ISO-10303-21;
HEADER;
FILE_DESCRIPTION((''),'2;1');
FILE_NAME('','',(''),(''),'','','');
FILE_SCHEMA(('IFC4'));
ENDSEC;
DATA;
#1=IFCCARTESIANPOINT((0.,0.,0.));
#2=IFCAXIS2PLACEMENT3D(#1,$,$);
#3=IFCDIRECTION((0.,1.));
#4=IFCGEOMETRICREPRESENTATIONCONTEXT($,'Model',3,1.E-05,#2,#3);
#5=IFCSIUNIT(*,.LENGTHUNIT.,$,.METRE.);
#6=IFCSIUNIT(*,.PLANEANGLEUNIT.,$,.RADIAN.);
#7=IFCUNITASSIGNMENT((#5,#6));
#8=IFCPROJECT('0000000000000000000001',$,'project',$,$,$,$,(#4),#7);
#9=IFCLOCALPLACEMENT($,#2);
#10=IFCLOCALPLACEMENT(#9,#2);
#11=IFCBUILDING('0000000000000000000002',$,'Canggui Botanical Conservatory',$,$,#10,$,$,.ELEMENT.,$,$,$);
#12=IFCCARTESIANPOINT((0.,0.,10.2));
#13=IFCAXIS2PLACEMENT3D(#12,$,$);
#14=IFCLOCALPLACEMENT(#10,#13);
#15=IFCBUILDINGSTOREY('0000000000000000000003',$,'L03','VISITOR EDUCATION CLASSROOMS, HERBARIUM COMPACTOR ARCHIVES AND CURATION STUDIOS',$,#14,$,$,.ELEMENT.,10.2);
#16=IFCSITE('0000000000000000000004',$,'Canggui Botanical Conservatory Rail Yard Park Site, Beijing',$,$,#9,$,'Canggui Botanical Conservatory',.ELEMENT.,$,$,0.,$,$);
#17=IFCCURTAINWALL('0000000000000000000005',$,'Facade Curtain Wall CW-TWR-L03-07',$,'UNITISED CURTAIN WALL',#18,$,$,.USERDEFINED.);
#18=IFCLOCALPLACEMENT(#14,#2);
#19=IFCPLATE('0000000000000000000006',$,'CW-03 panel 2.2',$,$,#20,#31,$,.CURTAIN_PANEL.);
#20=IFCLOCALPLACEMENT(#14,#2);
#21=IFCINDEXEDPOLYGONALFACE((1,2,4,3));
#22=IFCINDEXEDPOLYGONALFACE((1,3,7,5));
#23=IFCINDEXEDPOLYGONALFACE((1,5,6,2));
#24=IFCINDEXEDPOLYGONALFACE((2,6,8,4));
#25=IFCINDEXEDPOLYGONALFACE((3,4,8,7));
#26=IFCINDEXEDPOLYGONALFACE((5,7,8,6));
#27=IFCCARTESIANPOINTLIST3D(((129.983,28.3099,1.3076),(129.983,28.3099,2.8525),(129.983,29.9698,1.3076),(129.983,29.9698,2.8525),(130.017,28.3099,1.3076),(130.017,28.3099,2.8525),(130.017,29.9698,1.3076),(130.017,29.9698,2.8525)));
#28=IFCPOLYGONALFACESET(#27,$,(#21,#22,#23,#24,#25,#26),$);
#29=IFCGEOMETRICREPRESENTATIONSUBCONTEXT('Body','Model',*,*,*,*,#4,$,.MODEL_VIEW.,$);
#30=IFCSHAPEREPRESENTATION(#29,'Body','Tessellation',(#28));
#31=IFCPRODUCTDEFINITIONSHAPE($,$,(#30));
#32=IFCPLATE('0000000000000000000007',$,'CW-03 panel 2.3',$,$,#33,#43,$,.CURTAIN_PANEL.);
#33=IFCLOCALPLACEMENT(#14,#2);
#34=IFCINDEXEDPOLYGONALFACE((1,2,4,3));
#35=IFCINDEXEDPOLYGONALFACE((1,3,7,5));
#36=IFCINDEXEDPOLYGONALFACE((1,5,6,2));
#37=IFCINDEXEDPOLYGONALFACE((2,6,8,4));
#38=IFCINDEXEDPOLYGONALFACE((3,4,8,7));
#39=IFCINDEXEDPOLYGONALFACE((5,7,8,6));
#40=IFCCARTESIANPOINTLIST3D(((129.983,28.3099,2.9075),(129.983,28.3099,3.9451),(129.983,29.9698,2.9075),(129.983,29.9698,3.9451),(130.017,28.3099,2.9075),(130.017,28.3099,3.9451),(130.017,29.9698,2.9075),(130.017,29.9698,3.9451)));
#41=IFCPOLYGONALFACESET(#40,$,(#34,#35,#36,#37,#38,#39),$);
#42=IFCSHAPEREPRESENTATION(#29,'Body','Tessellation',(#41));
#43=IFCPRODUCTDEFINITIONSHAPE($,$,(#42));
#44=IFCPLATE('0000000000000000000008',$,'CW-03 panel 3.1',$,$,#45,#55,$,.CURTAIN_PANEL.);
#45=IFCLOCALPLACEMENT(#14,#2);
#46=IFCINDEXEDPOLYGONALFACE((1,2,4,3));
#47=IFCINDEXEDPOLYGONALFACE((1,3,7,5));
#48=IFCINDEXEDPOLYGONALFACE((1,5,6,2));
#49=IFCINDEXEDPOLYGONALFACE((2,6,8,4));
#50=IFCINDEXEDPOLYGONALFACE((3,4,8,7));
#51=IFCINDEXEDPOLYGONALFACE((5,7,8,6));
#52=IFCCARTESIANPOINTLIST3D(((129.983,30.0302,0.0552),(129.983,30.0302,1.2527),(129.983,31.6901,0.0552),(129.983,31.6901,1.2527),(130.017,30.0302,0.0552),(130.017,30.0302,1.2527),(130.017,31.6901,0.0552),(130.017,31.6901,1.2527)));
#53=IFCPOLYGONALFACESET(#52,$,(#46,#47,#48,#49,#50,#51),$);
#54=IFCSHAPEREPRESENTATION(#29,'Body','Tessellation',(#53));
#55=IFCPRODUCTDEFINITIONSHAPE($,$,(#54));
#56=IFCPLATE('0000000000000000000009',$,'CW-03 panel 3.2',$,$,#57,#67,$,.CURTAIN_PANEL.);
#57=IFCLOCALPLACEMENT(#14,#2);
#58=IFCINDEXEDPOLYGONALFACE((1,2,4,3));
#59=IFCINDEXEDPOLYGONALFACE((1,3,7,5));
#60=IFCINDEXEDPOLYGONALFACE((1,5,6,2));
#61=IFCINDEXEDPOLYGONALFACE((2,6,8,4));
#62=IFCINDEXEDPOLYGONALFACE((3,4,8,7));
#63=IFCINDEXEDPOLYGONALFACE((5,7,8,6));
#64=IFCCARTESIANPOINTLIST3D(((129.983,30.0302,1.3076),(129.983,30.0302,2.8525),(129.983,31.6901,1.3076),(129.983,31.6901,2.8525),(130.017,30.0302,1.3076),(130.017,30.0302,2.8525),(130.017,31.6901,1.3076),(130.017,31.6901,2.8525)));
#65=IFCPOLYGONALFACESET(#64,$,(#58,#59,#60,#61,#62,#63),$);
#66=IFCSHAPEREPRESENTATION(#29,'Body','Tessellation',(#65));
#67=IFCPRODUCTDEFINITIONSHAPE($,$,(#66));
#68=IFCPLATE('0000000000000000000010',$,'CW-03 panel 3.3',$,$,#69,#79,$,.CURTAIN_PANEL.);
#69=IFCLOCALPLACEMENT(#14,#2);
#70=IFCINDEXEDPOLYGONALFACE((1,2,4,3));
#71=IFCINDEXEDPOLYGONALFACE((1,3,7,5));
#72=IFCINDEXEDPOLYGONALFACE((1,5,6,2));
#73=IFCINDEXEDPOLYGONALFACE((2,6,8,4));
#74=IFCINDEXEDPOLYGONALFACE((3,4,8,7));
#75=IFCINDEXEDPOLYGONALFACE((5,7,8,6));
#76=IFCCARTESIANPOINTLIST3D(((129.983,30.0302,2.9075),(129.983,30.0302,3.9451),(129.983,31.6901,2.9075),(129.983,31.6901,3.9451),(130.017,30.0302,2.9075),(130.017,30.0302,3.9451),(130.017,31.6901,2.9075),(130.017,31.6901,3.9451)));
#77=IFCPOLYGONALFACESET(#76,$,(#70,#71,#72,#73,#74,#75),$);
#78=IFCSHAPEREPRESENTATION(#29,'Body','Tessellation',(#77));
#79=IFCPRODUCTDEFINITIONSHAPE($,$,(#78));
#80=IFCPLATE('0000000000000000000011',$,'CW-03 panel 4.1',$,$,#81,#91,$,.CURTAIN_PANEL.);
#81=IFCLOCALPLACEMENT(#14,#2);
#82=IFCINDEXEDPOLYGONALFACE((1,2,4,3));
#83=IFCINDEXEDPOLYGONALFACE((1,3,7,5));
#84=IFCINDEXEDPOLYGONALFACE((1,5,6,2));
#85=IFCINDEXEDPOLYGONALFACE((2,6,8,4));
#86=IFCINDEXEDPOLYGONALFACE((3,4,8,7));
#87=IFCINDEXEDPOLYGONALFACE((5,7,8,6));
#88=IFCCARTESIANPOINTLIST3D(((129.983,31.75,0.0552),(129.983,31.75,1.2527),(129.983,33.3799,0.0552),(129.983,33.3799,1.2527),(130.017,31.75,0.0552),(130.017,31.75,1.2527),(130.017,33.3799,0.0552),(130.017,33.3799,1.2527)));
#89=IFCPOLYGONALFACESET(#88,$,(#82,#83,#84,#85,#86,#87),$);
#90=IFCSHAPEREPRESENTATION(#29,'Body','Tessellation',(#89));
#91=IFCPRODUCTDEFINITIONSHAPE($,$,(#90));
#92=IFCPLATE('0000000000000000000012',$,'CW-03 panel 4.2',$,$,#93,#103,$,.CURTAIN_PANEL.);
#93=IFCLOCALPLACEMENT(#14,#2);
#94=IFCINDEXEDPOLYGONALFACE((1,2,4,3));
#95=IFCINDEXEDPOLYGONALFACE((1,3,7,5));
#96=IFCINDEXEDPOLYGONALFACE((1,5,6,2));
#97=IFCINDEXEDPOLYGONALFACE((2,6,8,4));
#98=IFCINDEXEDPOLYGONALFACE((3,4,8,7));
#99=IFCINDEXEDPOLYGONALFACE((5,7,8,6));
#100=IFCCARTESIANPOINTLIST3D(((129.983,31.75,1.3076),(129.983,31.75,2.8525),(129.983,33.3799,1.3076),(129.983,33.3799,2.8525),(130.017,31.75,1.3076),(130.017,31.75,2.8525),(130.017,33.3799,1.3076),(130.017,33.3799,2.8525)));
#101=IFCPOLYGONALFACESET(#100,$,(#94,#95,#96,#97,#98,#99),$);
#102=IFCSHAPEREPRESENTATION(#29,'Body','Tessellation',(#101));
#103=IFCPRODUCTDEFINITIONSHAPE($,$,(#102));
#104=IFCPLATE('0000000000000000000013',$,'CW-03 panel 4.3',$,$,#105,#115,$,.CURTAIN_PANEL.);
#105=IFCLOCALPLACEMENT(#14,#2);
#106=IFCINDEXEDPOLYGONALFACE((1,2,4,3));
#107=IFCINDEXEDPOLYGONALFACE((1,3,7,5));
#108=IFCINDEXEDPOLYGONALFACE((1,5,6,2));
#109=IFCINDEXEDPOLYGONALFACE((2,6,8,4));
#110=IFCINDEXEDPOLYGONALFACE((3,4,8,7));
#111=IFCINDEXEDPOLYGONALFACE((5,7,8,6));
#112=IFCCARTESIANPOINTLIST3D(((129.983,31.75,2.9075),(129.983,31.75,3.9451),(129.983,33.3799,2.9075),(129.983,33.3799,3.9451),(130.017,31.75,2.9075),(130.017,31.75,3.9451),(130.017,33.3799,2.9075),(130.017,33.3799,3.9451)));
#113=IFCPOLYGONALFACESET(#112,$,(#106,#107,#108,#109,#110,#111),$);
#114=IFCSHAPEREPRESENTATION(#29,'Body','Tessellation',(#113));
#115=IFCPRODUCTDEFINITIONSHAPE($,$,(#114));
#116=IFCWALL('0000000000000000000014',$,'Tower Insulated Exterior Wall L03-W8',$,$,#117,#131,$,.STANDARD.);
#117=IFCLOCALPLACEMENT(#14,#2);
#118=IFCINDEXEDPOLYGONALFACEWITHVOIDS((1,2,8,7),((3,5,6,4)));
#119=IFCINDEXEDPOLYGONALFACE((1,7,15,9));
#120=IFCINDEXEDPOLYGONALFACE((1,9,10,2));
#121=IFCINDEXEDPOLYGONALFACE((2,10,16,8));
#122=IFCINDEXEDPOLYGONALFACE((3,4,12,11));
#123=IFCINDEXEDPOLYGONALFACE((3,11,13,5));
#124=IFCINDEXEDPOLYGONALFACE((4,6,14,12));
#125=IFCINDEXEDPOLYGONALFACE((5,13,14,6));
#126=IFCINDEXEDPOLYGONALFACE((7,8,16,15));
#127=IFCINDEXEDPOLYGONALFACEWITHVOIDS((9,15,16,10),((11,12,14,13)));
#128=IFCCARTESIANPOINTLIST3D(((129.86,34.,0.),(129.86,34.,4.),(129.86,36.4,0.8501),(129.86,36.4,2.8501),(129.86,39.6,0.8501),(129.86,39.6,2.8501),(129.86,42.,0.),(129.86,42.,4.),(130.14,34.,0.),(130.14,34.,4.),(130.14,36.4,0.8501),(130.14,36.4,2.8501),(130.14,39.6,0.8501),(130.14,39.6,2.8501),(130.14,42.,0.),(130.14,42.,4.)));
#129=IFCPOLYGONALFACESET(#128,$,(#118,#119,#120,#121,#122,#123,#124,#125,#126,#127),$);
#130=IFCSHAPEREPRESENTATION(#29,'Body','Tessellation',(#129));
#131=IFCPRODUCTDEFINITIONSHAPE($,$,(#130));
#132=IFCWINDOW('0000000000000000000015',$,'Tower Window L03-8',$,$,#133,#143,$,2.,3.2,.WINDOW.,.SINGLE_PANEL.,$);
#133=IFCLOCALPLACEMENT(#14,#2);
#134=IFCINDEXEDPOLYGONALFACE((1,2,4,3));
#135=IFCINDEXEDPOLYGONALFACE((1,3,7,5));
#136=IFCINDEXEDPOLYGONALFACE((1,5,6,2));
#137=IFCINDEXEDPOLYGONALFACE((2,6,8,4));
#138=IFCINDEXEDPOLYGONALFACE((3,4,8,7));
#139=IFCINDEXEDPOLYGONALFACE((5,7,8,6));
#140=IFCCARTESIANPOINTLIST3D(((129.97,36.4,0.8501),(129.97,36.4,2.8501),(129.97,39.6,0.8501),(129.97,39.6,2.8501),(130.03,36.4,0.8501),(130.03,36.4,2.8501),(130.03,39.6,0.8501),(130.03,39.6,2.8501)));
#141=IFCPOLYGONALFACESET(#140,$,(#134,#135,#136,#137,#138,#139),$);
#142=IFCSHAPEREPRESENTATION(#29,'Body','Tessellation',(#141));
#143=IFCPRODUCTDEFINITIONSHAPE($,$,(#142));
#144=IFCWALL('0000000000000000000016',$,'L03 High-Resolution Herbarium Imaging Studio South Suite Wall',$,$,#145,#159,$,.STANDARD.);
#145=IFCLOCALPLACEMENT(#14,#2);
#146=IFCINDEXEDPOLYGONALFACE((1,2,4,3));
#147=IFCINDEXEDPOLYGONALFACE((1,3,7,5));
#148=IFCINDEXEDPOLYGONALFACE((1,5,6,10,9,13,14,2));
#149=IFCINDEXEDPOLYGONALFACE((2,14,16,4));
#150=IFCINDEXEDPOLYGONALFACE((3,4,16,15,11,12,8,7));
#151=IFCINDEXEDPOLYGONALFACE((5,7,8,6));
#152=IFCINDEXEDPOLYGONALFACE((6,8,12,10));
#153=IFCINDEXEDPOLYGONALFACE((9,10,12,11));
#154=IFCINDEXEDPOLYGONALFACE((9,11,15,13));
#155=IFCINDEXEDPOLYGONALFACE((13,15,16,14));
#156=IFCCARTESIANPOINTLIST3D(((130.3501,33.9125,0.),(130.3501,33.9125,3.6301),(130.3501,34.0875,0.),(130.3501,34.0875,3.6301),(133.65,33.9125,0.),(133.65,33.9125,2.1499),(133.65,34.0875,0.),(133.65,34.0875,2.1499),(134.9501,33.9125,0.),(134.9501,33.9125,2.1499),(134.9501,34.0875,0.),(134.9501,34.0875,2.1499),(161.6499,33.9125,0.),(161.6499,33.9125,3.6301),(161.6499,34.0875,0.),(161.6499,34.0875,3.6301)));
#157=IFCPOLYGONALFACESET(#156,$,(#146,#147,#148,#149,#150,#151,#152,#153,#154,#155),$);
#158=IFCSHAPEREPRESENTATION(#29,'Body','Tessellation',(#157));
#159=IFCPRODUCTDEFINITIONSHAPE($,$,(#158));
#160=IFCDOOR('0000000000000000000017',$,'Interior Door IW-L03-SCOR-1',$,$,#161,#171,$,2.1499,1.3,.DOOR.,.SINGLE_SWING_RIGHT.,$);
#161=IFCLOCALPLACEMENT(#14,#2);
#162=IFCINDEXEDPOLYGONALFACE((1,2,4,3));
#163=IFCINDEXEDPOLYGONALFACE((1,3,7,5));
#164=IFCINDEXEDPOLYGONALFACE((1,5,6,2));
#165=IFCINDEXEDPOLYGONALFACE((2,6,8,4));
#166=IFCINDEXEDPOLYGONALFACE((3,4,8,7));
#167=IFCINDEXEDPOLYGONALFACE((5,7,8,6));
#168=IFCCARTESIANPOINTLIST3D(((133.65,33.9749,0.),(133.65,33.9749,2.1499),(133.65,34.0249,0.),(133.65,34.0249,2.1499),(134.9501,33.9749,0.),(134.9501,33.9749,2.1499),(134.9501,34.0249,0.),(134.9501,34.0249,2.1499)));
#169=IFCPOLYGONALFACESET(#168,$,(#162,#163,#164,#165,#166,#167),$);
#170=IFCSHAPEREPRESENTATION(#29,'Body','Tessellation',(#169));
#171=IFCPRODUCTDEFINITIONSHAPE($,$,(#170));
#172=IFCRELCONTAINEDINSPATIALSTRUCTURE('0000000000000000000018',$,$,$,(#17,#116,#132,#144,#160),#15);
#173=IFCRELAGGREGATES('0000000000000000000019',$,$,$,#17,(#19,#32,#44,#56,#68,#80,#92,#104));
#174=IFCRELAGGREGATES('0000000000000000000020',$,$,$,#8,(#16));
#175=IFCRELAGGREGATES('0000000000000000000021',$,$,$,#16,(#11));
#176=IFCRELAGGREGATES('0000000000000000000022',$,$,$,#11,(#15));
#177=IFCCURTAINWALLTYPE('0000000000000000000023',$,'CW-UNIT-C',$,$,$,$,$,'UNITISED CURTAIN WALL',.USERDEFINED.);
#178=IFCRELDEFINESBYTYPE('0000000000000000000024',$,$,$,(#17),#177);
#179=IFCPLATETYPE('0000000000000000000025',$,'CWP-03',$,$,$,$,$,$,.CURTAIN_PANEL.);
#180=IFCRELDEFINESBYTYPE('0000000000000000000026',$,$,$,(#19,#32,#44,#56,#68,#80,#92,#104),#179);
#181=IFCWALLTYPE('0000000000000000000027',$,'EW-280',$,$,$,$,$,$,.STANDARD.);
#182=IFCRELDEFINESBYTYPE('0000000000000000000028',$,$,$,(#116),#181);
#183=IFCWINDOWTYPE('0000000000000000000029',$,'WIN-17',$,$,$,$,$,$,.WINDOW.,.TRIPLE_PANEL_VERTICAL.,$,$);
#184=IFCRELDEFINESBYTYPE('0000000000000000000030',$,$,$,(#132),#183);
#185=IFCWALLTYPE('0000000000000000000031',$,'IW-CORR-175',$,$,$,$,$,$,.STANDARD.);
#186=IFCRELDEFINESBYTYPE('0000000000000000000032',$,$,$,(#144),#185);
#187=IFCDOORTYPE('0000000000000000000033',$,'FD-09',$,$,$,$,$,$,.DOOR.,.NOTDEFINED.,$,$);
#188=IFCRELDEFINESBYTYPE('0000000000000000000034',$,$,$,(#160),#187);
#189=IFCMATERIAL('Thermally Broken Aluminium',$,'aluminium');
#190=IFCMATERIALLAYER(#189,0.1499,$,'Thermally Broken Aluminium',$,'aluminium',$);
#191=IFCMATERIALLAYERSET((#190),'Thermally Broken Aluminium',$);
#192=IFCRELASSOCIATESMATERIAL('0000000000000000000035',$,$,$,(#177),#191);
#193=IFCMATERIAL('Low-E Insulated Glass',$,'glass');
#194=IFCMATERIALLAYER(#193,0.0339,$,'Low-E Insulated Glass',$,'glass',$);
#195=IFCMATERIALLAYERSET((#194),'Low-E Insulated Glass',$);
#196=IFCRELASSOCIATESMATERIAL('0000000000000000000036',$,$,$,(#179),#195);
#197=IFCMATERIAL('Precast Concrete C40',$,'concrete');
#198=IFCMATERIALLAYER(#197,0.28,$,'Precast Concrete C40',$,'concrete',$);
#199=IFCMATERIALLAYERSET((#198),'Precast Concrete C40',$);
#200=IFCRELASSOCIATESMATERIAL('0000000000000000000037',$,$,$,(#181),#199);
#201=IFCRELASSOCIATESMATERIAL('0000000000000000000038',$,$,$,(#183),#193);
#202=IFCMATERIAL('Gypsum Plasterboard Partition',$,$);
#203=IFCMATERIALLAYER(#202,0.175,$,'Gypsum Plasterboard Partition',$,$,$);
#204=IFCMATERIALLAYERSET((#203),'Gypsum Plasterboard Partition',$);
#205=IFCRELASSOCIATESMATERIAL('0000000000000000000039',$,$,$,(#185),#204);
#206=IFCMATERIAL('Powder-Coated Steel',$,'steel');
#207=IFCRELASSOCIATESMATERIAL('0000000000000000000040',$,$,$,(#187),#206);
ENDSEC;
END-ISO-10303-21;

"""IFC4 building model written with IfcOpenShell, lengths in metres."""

from ifc_helpers import new_model, si_unit, direction, frame, frame_2d, origin, origin_2d, place, context, subcontext, project, spatial, rectangle, extrude, material, layer, layer_set, type_object, element, fill, aggregate, save


model = new_model("IFC4")

# Units and contexts
model_context = context("Model", 3, precision=1e-05, world=origin(), true_north=direction((0.0, 1.0)))
body_context = subcontext(model_context, "Body", "Model", "MODEL_VIEW")
ifc_project = project(units=[si_unit("LENGTHUNIT", "METRE"), si_unit("PLANEANGLEUNIT", "RADIAN")], contexts=[model_context])

# Site, building, storey
site_placement = place(None, origin())
site = spatial("IfcSite", under=ifc_project, at=site_placement, Name="Canggui Botanical Conservatory Rail Yard Park Site, Beijing", LongName="Canggui Botanical Conservatory", CompositionType="ELEMENT", RefElevation=0.0)
building_placement = place(site_placement, origin())
building = spatial("IfcBuilding", under=site, at=building_placement, Name="Canggui Botanical Conservatory", CompositionType="ELEMENT")
storey_placement = place(building_placement, frame((0.0, 0.0, 10.2)))
storey = spatial("IfcBuildingStorey", under=building, at=storey_placement, Name="L03", Description="VISITOR EDUCATION CLASSROOMS, HERBARIUM COMPACTOR ARCHIVES AND CURATION STUDIOS", CompositionType="ELEMENT", Elevation=10.2)

# Shared definitions
ifc_material_1 = material(Name="Thermally Broken Aluminium", Category="aluminium")
ifc_layer_1 = layer(ifc_material_1, 0.1499, Name="Thermally Broken Aluminium", Category="aluminium")
ifc_layer_set_1 = layer_set([ifc_layer_1], Name="Thermally Broken Aluminium")
curtain_wall_type = type_object("IfcCurtainWallType", Name="CW-UNIT-C", ElementType="UNITISED CURTAIN WALL", PredefinedType="USERDEFINED", material=ifc_layer_set_1)

# Curtain wall
curtain_wall_1_placement = place(storey_placement, origin())
curtain_wall_1 = element("IfcCurtainWall", 1, at=curtain_wall_1_placement, inside=storey, type_object=curtain_wall_type, Name="Facade Curtain Wall CW-TWR-L03-07", ObjectType="UNITISED CURTAIN WALL", PredefinedType="USERDEFINED")

# Plates
ifc_material_2 = material(Name="Low-E Insulated Glass", Category="glass")
ifc_layer_2 = layer(ifc_material_2, 0.0339, Name="Low-E Insulated Glass", Category="glass")
ifc_layer_set_2 = layer_set([ifc_layer_2], Name="Low-E Insulated Glass")
plate_type = type_object("IfcPlateType", Name="CWP-03", PredefinedType="CURTAIN_PANEL", material=ifc_layer_set_2)
plate_1_placement = place(storey_placement, frame((130.0, 29.1399, 1.3076), z_axis=(0.0, 0.0, 1.0), x_axis=(0.0, 1.0, 0.0)))
plate_1 = element("IfcPlate", 2, at=plate_1_placement, type_object=plate_type, Name="CW-03 panel 2.2", PredefinedType="CURTAIN_PANEL", context=body_context, shape_type="SweptSolid", body=[
    extrude(rectangle(XDim=1.6599, YDim=0.0339, at=origin_2d()), origin(), (0.0, 0.0, 1.0), 1.5449),
])
plate_2_placement = place(storey_placement, frame((130.0, 29.1399, 2.9075), z_axis=(0.0, 0.0, 1.0), x_axis=(0.0, 1.0, 0.0)))
plate_2 = element("IfcPlate", 3, at=plate_2_placement, type_object=plate_type, Name="CW-03 panel 2.3", PredefinedType="CURTAIN_PANEL", context=body_context, shape_type="SweptSolid", body=[
    extrude(rectangle(XDim=1.6599, YDim=0.0339, at=origin_2d()), origin(), (0.0, 0.0, 1.0), 1.0376),
])
plate_3_placement = place(storey_placement, frame((130.0, 30.8601, 0.0552), z_axis=(0.0, 0.0, 1.0), x_axis=(0.0, 1.0, 0.0)))
plate_3 = element("IfcPlate", 4, at=plate_3_placement, type_object=plate_type, Name="CW-03 panel 3.1", PredefinedType="CURTAIN_PANEL", context=body_context, shape_type="SweptSolid", body=[
    extrude(rectangle(XDim=1.6599, YDim=0.0339, at=origin_2d()), origin(), (0.0, 0.0, 1.0), 1.1975),
])
plate_4_placement = place(storey_placement, frame((130.0, 30.8601, 1.3076), z_axis=(0.0, 0.0, 1.0), x_axis=(0.0, 1.0, 0.0)))
plate_4 = element("IfcPlate", 5, at=plate_4_placement, type_object=plate_type, Name="CW-03 panel 3.2", PredefinedType="CURTAIN_PANEL", context=body_context, shape_type="SweptSolid", body=[
    extrude(rectangle(XDim=1.6599, YDim=0.0339, at=origin_2d()), origin(), (0.0, 0.0, 1.0), 1.5449),
])
plate_5_placement = place(storey_placement, frame((130.0, 30.8601, 2.9075), z_axis=(0.0, 0.0, 1.0), x_axis=(0.0, 1.0, 0.0)))
plate_5 = element("IfcPlate", 6, at=plate_5_placement, type_object=plate_type, Name="CW-03 panel 3.3", PredefinedType="CURTAIN_PANEL", context=body_context, shape_type="SweptSolid", body=[
    extrude(rectangle(XDim=1.6599, YDim=0.0339, at=origin_2d()), origin(), (0.0, 0.0, 1.0), 1.0376),
])
plate_6_placement = place(storey_placement, frame((130.0, 32.5649, 0.0552), z_axis=(0.0, 0.0, 1.0), x_axis=(0.0, 1.0, 0.0)))
plate_6 = element("IfcPlate", 7, at=plate_6_placement, type_object=plate_type, Name="CW-03 panel 4.1", PredefinedType="CURTAIN_PANEL", context=body_context, shape_type="SweptSolid", body=[
    extrude(rectangle(XDim=1.6299, YDim=0.0339, at=origin_2d()), origin(), (0.0, 0.0, 1.0), 1.1975),
])
plate_7_placement = place(storey_placement, frame((130.0, 32.5649, 1.3076), z_axis=(0.0, 0.0, 1.0), x_axis=(0.0, 1.0, 0.0)))
plate_7 = element("IfcPlate", 8, at=plate_7_placement, type_object=plate_type, Name="CW-03 panel 4.2", PredefinedType="CURTAIN_PANEL", context=body_context, shape_type="SweptSolid", body=[
    extrude(rectangle(XDim=1.6299, YDim=0.0339, at=origin_2d()), origin(), (0.0, 0.0, 1.0), 1.5449),
])
plate_8_placement = place(storey_placement, frame((130.0, 32.5649, 2.9075), z_axis=(0.0, 0.0, 1.0), x_axis=(0.0, 1.0, 0.0)))
plate_8 = element("IfcPlate", 9, at=plate_8_placement, type_object=plate_type, Name="CW-03 panel 4.3", PredefinedType="CURTAIN_PANEL", context=body_context, shape_type="SweptSolid", body=[
    extrude(rectangle(XDim=1.6299, YDim=0.0339, at=origin_2d()), origin(), (0.0, 0.0, 1.0), 1.0376),
])
aggregate(curtain_wall_1, [plate_1, plate_2, plate_3, plate_4, plate_5, plate_6, plate_7, plate_8])

# Wall, opening, window
ifc_material_3 = material(Name="Precast Concrete C40", Category="concrete")
ifc_layer_3 = layer(ifc_material_3, 0.28, Name="Precast Concrete C40", Category="concrete")
ifc_layer_set_3 = layer_set([ifc_layer_3], Name="Precast Concrete C40")
wall_type_1 = type_object("IfcWallType", Name="EW-280", PredefinedType="STANDARD", material=ifc_layer_set_3)
wall_1_placement = place(storey_placement, frame((130.0, 34.0, 0.0), z_axis=(0.0, 0.0, 1.0), x_axis=(0.0, 1.0, 0.0)))
wall_1 = element("IfcWall", 10, at=wall_1_placement, inside=storey, type_object=wall_type_1, Name="Tower Insulated Exterior Wall L03-W8", PredefinedType="STANDARD", context=body_context, shape_type="SweptSolid", body=[
    extrude(rectangle(XDim=8.0, YDim=0.28, at=frame_2d((4.0, 0.0))), origin(), (0.0, 0.0, 1.0), 4.0),
])
opening_1_placement = place(wall_1_placement, frame((2.3999, 0.0, 0.8501)))
opening_1 = element("IfcOpeningElement", 11, at=opening_1_placement, cuts=wall_1, PredefinedType="OPENING", context=body_context, shape_type="SweptSolid", body=[
    extrude(rectangle(XDim=3.2, YDim=2.0, at=frame_2d((1.6001, 1.0))), frame((0.0, 0.1499, 0.0), z_axis=(0.0, -1.0, 0.0), x_axis=(1.0, 0.0, 0.0)), (0.0, 0.0, 1.0), 0.3),
])
window_type = type_object("IfcWindowType", Name="WIN-17", PartitioningType="TRIPLE_PANEL_VERTICAL", PredefinedType="WINDOW", material=ifc_material_2)
window_placement = place(opening_1_placement, origin())
window = element("IfcWindow", 12, at=window_placement, inside=storey, type_object=window_type, Name="Tower Window L03-8", OverallHeight=2.0, OverallWidth=3.2, PartitioningType="SINGLE_PANEL", PredefinedType="WINDOW", context=body_context, shape_type="SweptSolid", body=[
    extrude(rectangle(XDim=3.2, YDim=2.0, at=frame_2d((1.6001, 1.0))), frame((0.0, 0.03, 0.0), z_axis=(0.0, -1.0, 0.0), x_axis=(1.0, 0.0, 0.0)), (0.0, 0.0, 1.0), 0.0601),
])
fill(opening_1, window)

# Wall, opening, door
ifc_material_4 = material(Name="Gypsum Plasterboard Partition")
ifc_layer_4 = layer(ifc_material_4, 0.175, Name="Gypsum Plasterboard Partition")
ifc_layer_set_4 = layer_set([ifc_layer_4], Name="Gypsum Plasterboard Partition")
wall_type_2 = type_object("IfcWallType", Name="IW-CORR-175", PredefinedType="STANDARD", material=ifc_layer_set_4)
wall_2_placement = place(storey_placement, frame((130.3501, 34.0, 0.0), z_axis=(0.0, 0.0, 1.0), x_axis=(1.0, 0.0, 0.0)))
wall_2 = element("IfcWall", 13, at=wall_2_placement, inside=storey, type_object=wall_type_2, Name="L03 High-Resolution Herbarium Imaging Studio South Suite Wall", PredefinedType="STANDARD", context=body_context, shape_type="SweptSolid", body=[
    extrude(rectangle(XDim=31.2998, YDim=0.175, at=frame_2d((15.6499, 0.0))), origin(), (0.0, 0.0, 1.0), 3.6301),
])
opening_2_placement = place(wall_2_placement, frame((3.3, 0.0, 0.0)))
opening_2 = element("IfcOpeningElement", 14, at=opening_2_placement, cuts=wall_2, PredefinedType="OPENING", context=body_context, shape_type="SweptSolid", body=[
    extrude(rectangle(XDim=1.3, YDim=2.1499, at=frame_2d((0.6499, 1.075))), frame((0.0, 0.0977, 0.0), z_axis=(0.0, -1.0, 0.0), x_axis=(1.0, 0.0, 0.0)), (0.0, 0.0, 1.0), 0.1951),
])
ifc_material_5 = material(Name="Powder-Coated Steel", Category="steel")
door_type = type_object("IfcDoorType", Name="FD-09", OperationType="NOTDEFINED", PredefinedType="DOOR", material=ifc_material_5)
door_placement = place(opening_2_placement, origin())
door = element("IfcDoor", 15, at=door_placement, inside=storey, type_object=door_type, Name="Interior Door IW-L03-SCOR-1", OperationType="SINGLE_SWING_RIGHT", OverallHeight=2.1499, OverallWidth=1.3, PredefinedType="DOOR", context=body_context, shape_type="SweptSolid", body=[
    extrude(rectangle(XDim=1.3, YDim=2.1499, at=frame_2d((0.6499, 1.075))), frame((0.0, 0.0249, 0.0), z_axis=(0.0, -1.0, 0.0), x_axis=(1.0, 0.0, 0.0)), (0.0, 0.0, 1.0), 0.05),
])
fill(opening_2, door)

save(model, "model.ifc")
